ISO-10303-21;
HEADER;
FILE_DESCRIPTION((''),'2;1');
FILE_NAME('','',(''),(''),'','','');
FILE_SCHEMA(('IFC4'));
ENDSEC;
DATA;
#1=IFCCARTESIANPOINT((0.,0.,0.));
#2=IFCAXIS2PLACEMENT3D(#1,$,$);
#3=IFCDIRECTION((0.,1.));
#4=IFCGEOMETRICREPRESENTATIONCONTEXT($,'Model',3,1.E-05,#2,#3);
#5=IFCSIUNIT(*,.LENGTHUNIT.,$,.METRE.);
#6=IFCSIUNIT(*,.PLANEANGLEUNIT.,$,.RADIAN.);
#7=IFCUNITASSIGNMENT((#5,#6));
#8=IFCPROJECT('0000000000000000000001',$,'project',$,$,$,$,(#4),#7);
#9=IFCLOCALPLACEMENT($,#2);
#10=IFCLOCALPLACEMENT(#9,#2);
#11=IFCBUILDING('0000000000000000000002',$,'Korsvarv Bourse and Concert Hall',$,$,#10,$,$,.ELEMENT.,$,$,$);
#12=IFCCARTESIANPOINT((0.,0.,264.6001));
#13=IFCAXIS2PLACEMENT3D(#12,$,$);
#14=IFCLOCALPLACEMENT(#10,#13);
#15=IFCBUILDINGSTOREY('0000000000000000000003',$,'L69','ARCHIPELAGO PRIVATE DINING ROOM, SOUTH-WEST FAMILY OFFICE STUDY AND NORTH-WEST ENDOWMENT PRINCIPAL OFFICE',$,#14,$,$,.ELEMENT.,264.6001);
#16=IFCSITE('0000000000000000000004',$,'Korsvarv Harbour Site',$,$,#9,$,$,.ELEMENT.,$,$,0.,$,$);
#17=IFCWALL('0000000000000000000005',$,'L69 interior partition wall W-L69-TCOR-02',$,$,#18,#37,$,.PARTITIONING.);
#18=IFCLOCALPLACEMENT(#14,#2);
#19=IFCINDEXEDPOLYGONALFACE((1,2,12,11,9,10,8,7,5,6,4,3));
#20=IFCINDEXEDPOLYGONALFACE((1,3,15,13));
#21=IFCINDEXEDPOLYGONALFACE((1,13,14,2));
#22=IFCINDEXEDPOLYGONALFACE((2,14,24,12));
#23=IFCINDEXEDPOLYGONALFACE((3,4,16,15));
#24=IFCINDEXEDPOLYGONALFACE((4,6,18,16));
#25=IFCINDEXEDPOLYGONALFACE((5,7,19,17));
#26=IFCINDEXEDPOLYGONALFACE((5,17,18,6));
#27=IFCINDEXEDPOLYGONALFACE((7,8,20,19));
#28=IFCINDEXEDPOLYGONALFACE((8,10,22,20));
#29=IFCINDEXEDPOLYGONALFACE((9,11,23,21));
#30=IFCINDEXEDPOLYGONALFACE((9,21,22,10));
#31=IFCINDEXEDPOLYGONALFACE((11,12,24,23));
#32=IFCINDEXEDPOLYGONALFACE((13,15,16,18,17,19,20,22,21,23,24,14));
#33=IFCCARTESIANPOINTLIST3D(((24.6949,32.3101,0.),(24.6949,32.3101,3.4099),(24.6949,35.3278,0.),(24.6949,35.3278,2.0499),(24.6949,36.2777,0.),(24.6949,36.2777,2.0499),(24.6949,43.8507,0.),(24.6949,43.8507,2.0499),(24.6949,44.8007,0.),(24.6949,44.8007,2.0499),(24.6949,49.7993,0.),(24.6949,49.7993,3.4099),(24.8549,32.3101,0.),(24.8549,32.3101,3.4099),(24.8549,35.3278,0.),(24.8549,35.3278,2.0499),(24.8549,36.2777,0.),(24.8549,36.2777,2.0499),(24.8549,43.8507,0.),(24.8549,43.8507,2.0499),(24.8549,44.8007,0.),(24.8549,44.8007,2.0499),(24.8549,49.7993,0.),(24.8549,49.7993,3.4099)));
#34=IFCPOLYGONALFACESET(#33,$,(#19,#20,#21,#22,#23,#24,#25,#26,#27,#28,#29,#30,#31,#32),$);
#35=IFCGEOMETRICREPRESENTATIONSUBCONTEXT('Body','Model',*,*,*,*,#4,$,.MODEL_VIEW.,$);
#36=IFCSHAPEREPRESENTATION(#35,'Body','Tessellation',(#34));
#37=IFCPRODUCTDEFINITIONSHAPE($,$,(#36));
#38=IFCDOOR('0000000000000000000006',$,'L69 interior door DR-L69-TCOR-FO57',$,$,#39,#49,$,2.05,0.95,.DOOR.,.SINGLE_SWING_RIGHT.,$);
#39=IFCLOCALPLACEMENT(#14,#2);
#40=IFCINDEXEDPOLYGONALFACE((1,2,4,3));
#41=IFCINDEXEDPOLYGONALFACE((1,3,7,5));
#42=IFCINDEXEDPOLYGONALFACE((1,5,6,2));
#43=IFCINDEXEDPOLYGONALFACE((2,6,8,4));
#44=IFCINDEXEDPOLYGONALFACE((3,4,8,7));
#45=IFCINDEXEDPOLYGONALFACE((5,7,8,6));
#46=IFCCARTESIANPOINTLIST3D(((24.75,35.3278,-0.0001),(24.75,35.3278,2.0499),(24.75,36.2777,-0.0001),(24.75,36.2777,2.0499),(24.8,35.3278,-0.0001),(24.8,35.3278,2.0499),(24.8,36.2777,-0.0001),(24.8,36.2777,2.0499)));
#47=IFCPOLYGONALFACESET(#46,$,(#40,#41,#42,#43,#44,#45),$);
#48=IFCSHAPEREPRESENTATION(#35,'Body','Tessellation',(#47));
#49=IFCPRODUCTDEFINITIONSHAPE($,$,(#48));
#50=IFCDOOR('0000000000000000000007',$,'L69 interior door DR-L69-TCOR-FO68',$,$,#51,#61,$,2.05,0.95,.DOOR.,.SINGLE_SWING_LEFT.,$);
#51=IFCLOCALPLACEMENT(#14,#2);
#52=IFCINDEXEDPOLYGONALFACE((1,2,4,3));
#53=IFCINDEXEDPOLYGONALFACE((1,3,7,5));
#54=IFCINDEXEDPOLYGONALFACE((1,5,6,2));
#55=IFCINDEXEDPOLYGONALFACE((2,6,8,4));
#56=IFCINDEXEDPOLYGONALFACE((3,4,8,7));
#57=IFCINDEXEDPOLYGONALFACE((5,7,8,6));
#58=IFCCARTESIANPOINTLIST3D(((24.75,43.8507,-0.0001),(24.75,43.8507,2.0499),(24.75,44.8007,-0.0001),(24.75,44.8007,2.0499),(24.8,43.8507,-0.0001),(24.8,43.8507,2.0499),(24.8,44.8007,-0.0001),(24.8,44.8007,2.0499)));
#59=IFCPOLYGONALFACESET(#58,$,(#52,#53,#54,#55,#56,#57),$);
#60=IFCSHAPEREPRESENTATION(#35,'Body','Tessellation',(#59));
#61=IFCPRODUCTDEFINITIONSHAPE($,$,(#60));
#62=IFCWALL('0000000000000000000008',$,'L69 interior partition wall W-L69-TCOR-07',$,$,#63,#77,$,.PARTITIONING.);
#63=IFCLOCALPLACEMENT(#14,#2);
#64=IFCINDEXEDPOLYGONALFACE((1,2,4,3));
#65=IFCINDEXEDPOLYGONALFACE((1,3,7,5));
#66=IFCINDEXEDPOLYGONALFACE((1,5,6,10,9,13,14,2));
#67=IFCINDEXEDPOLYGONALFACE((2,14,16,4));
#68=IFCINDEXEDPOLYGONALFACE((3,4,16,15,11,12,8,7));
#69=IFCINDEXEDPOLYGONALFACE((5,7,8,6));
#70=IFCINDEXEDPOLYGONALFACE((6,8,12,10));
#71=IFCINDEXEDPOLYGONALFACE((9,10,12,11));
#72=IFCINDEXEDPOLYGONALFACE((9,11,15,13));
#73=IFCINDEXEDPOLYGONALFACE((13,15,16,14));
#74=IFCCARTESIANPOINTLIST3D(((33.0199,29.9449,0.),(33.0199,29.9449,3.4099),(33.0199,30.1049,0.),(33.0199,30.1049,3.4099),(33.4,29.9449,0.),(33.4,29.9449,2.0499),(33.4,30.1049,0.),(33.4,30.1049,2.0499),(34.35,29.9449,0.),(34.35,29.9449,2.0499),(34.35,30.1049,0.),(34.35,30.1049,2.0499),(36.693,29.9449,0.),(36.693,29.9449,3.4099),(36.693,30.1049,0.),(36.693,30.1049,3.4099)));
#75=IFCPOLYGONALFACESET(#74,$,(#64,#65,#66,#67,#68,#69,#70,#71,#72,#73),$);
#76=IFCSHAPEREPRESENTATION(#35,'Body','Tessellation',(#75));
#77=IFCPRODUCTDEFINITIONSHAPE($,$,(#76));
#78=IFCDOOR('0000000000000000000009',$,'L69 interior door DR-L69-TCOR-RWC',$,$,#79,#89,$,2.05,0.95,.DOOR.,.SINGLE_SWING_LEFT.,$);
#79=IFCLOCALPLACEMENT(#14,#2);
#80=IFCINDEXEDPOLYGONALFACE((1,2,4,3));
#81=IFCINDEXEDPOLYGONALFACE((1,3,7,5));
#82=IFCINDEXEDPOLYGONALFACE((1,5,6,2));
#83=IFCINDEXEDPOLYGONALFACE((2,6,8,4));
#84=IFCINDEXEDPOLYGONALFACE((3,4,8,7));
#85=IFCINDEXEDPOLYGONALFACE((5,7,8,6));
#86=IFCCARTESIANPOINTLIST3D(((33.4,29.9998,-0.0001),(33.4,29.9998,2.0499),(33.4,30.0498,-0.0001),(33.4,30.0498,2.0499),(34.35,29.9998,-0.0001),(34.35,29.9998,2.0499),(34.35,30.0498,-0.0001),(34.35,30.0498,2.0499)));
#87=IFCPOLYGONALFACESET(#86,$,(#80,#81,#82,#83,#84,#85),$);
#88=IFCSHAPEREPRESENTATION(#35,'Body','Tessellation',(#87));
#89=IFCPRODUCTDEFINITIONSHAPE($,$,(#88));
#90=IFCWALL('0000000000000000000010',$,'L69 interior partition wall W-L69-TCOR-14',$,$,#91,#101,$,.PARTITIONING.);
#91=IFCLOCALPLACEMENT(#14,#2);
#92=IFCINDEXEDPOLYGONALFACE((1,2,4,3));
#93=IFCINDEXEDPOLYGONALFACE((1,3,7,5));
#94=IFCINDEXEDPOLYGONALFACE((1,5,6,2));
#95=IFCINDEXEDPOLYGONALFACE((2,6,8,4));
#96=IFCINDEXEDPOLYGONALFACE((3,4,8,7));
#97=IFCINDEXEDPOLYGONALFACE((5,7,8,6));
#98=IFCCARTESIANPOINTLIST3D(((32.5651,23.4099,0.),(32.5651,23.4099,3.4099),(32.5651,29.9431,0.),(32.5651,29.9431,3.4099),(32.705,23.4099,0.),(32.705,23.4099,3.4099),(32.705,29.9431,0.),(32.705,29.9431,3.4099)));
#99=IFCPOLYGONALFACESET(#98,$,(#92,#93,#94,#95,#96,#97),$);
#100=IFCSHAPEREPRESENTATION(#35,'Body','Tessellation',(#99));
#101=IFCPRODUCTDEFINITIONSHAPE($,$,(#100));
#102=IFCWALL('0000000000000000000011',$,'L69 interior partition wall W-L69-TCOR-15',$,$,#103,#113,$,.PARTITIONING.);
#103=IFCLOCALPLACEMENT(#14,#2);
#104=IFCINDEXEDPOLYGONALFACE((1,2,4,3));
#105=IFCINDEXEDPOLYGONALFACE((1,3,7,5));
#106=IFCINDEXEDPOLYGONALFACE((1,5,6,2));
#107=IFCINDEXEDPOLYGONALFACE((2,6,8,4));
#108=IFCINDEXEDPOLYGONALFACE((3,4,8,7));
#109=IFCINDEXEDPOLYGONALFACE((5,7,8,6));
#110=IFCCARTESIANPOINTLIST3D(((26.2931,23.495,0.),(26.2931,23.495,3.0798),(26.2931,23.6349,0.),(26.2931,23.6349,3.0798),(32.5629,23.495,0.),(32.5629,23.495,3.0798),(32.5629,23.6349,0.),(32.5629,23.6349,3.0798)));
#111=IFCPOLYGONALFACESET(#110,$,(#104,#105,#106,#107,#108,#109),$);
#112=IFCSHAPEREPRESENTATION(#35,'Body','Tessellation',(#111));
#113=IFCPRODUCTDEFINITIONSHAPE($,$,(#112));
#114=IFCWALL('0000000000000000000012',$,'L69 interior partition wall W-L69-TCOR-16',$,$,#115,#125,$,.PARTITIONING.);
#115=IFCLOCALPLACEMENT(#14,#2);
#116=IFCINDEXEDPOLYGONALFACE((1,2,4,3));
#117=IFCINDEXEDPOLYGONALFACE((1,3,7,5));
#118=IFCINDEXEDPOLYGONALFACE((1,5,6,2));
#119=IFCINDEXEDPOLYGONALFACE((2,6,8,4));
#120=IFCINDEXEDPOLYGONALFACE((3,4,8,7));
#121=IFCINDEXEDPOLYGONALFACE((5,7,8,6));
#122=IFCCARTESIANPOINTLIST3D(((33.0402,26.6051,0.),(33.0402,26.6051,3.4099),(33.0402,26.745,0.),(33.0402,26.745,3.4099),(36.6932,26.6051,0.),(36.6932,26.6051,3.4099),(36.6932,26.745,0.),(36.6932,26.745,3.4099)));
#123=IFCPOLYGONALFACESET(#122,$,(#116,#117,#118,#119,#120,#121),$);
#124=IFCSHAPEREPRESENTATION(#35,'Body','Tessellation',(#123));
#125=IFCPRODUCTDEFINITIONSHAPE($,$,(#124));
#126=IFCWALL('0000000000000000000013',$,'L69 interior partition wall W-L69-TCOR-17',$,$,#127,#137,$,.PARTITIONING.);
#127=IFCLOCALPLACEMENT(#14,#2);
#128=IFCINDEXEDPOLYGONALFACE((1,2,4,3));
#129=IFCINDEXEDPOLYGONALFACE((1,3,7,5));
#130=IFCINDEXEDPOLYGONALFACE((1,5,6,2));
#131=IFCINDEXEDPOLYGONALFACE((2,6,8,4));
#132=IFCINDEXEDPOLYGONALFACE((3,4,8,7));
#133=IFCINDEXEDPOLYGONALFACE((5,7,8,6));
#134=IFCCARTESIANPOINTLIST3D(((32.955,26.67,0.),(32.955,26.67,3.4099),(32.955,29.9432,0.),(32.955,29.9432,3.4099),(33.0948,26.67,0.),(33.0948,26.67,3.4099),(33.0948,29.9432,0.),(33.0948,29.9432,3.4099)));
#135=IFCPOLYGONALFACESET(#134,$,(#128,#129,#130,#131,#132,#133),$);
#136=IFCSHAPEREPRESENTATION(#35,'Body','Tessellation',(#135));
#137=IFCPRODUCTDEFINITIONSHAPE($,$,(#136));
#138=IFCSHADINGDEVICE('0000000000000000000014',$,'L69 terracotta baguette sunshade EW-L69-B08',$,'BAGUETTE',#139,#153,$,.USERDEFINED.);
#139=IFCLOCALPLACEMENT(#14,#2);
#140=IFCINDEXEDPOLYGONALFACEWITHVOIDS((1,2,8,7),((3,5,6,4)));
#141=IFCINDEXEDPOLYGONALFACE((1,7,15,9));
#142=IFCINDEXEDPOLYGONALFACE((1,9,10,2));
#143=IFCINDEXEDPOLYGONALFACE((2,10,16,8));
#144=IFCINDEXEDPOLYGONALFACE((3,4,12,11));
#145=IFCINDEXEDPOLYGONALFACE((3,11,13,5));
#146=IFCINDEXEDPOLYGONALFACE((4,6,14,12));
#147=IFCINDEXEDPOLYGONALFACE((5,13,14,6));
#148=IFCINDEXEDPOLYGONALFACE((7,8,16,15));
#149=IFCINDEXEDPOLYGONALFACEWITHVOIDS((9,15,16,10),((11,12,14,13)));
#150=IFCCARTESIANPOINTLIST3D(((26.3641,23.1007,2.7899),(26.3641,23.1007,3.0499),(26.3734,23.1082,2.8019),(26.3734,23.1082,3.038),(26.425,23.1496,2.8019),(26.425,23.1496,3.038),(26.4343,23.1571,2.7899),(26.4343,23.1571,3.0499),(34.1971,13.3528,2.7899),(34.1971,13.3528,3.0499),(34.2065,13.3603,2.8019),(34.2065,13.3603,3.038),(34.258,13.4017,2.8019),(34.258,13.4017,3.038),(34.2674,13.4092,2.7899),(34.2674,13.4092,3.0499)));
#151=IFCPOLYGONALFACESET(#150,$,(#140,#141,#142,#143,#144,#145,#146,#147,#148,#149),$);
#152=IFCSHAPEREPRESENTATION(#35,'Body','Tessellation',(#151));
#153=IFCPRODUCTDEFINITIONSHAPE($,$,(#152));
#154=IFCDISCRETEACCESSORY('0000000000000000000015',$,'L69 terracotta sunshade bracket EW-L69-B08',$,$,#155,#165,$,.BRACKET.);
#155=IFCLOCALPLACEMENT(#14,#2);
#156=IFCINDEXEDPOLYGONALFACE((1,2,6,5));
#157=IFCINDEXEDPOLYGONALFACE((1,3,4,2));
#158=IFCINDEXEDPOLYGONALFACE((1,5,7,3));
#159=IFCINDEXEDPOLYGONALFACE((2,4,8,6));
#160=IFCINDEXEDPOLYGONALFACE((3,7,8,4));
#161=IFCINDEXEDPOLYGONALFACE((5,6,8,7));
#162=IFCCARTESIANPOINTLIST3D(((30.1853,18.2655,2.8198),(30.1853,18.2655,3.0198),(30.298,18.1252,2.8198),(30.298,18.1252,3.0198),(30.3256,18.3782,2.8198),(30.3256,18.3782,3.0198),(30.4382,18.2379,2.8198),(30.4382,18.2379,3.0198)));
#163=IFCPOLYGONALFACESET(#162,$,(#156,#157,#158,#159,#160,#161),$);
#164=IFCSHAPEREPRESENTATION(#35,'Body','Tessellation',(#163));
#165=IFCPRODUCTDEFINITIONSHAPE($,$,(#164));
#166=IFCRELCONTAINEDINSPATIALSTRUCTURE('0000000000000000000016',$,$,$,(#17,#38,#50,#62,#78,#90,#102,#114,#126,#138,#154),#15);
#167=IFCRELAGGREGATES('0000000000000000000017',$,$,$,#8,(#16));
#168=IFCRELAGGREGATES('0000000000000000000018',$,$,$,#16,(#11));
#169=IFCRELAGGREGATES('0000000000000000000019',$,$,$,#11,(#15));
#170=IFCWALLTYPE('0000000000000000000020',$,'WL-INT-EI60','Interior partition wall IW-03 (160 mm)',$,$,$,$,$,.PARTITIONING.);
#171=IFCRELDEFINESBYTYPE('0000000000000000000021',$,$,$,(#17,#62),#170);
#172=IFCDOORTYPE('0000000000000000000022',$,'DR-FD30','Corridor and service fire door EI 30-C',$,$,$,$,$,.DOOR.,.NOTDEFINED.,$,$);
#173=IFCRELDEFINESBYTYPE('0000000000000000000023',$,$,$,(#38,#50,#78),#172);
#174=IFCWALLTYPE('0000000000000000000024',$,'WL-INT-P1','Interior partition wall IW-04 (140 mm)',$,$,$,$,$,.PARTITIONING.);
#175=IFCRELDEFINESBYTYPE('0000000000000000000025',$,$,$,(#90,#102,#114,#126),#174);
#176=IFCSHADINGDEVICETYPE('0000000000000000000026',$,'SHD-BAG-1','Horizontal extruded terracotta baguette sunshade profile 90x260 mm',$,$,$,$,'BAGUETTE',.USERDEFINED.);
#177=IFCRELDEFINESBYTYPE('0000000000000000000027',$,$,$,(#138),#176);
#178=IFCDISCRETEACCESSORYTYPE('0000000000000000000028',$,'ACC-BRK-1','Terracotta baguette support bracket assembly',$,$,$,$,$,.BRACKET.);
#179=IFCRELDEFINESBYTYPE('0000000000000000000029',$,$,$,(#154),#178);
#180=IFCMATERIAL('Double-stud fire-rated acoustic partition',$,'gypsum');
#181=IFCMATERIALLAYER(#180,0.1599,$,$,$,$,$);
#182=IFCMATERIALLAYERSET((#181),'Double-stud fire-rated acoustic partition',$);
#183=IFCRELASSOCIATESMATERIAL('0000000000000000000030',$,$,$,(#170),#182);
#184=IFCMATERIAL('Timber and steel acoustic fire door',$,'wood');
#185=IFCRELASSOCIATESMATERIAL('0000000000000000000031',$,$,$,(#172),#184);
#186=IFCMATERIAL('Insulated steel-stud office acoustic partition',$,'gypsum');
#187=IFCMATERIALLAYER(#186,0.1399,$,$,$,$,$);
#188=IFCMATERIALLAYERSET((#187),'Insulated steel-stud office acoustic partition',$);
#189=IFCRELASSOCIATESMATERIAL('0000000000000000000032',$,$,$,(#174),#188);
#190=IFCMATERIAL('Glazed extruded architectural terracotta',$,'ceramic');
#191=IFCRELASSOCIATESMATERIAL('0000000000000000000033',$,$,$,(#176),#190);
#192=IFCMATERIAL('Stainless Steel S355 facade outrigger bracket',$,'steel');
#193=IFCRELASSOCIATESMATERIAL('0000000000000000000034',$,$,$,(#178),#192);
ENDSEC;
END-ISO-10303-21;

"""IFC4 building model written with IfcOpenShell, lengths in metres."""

from ifc_helpers import new_model, si_unit, direction, frame, frame_2d, origin, origin_2d, place, context, subcontext, project, spatial, rectangle, hollow_rectangle, extrude, source, transform, mapped, material, layer, layer_set, material_profile, profile_set, type_object, element, fill, save


model = new_model("IFC4")

# Units and contexts
model_context = context("Model", 3, precision=1e-05, world=origin(), true_north=direction((0.0, 1.0)))
body_context = subcontext(model_context, "Body", "Model", "MODEL_VIEW")
ifc_project = project(units=[si_unit("LENGTHUNIT", "METRE"), si_unit("PLANEANGLEUNIT", "RADIAN")], contexts=[model_context])

# Site, building, storey
site_placement = place(None, origin())
site = spatial("IfcSite", under=ifc_project, at=site_placement, Name="Korsvarv Harbour Site", CompositionType="ELEMENT", RefElevation=0.0)
building_placement = place(site_placement, origin())
building = spatial("IfcBuilding", under=site, at=building_placement, Name="Korsvarv Bourse and Concert Hall", CompositionType="ELEMENT")
storey_placement = place(building_placement, frame((0.0, 0.0, 264.6001)))
storey = spatial("IfcBuildingStorey", under=building, at=storey_placement, Name="L69", Description="ARCHIPELAGO PRIVATE DINING ROOM, SOUTH-WEST FAMILY OFFICE STUDY AND NORTH-WEST ENDOWMENT PRINCIPAL OFFICE", CompositionType="ELEMENT", Elevation=264.6001)

# Shared definitions
ifc_material_1 = material(Name="Double-stud fire-rated acoustic partition", Category="gypsum")
ifc_layer_1 = layer(ifc_material_1, 0.1599)
ifc_layer_set_1 = layer_set([ifc_layer_1], Name="Double-stud fire-rated acoustic partition")
wall_type_1 = type_object("IfcWallType", Name="WL-INT-EI60", Description="Interior partition wall IW-03 (160 mm)", PredefinedType="PARTITIONING", material=ifc_layer_set_1)

# Wall, openings, doors
wall_1_placement = place(storey_placement, frame((24.7749, 32.3101, 0.0), z_axis=(0.0, 0.0, 1.0), x_axis=(0.0, 1.0, 0.0)))
wall_1 = element("IfcWall", 1, at=wall_1_placement, inside=storey, type_object=wall_type_1, Name="L69 interior partition wall W-L69-TCOR-02", PredefinedType="PARTITIONING", context=body_context, shape_type="SweptSolid", body=[
    extrude(rectangle(XDim=17.4893, YDim=0.1599, at=frame_2d((8.7446, 0.0))), origin(), (0.0, 0.0, 1.0), 3.4099),
])
opening_1_placement = place(wall_1_placement, frame((3.0176, 0.0, 0.0)))
opening_1 = element("IfcOpeningElement", 2, at=opening_1_placement, cuts=wall_1, PredefinedType="OPENING", context=body_context, shape_type="SweptSolid", body=[
    extrude(rectangle(XDim=0.95, YDim=2.05, at=frame_2d((0.4751, 1.0249))), frame((0.0, 0.0898, 0.0), z_axis=(0.0, -1.0, 0.0), x_axis=(1.0, 0.0, 0.0)), (0.0, 0.0, 1.0), 0.1799),
])
opening_2_placement = place(wall_1_placement, frame((11.5405, 0.0, 0.0)))
opening_2 = element("IfcOpeningElement", 3, at=opening_2_placement, cuts=wall_1, PredefinedType="OPENING", context=body_context, shape_type="SweptSolid", body=[
    extrude(rectangle(XDim=0.95, YDim=2.05, at=frame_2d((0.4751, 1.0249))), frame((0.0, 0.0898, 0.0), z_axis=(0.0, -1.0, 0.0), x_axis=(1.0, 0.0, 0.0)), (0.0, 0.0, 1.0), 0.1799),
])
ifc_material_2 = material(Name="Timber and steel acoustic fire door", Category="wood")
door_type = type_object("IfcDoorType", Name="DR-FD30", Description="Corridor and service fire door EI 30-C", OperationType="NOTDEFINED", PredefinedType="DOOR", material=ifc_material_2)
door_1_placement = place(opening_1_placement, origin())
door_1 = element("IfcDoor", 4, at=door_1_placement, inside=storey, type_object=door_type, Name="L69 interior door DR-L69-TCOR-FO57", OperationType="SINGLE_SWING_RIGHT", OverallHeight=2.05, OverallWidth=0.95, PredefinedType="DOOR", context=body_context, shape_type="SweptSolid", body=[
    extrude(rectangle(XDim=0.95, YDim=2.05, at=frame_2d((0.4751, 1.0249))), frame((0.0, 0.0249, 0.0), z_axis=(0.0, -1.0, 0.0), x_axis=(1.0, 0.0, 0.0)), (0.0, 0.0, 1.0), 0.05),
])
fill(opening_1, door_1)
door_2_placement = place(opening_2_placement, origin())
door_2 = element("IfcDoor", 5, at=door_2_placement, inside=storey, type_object=door_type, Name="L69 interior door DR-L69-TCOR-FO68", OperationType="SINGLE_SWING_LEFT", OverallHeight=2.05, OverallWidth=0.95, PredefinedType="DOOR", context=body_context, shape_type="SweptSolid", body=[
    extrude(rectangle(XDim=0.95, YDim=2.05, at=frame_2d((0.4751, 1.0249))), frame((0.0, 0.0249, 0.0), z_axis=(0.0, -1.0, 0.0), x_axis=(1.0, 0.0, 0.0)), (0.0, 0.0, 1.0), 0.05),
])
fill(opening_2, door_2)

# Wall, opening, door
wall_2_placement = place(storey_placement, frame((33.02, 30.0249, 0.0), z_axis=(0.0, 0.0, 1.0), x_axis=(1.0, 0.0, 0.0)))
wall_2 = element("IfcWall", 6, at=wall_2_placement, inside=storey, type_object=wall_type_1, Name="L69 interior partition wall W-L69-TCOR-07", PredefinedType="PARTITIONING", context=body_context, shape_type="SweptSolid", body=[
    extrude(rectangle(XDim=3.6731, YDim=0.1599, at=frame_2d((1.8364, 0.0))), origin(), (0.0, 0.0, 1.0), 3.4099),
])
opening_3_placement = place(wall_2_placement, frame((0.3799, 0.0, 0.0)))
opening_3 = element("IfcOpeningElement", 7, at=opening_3_placement, cuts=wall_2, PredefinedType="OPENING", context=body_context, shape_type="SweptSolid", body=[
    extrude(rectangle(XDim=0.95, YDim=2.05, at=frame_2d((0.4751, 1.0249))), frame((0.0, 0.0898, 0.0), z_axis=(0.0, -1.0, 0.0), x_axis=(1.0, 0.0, 0.0)), (0.0, 0.0, 1.0), 0.1799),
])
door_3_placement = place(opening_3_placement, origin())
door_3 = element("IfcDoor", 8, at=door_3_placement, inside=storey, type_object=door_type, Name="L69 interior door DR-L69-TCOR-RWC", OperationType="SINGLE_SWING_LEFT", OverallHeight=2.05, OverallWidth=0.95, PredefinedType="DOOR", context=body_context, shape_type="SweptSolid", body=[
    extrude(rectangle(XDim=0.95, YDim=2.05, at=frame_2d((0.4751, 1.0249))), frame((0.0, 0.0249, 0.0), z_axis=(0.0, -1.0, 0.0), x_axis=(1.0, 0.0, 0.0)), (0.0, 0.0, 1.0), 0.05),
])
fill(opening_3, door_3)

# Walls
ifc_material_3 = material(Name="Insulated steel-stud office acoustic partition", Category="gypsum")
ifc_layer_2 = layer(ifc_material_3, 0.1399)
ifc_layer_set_2 = layer_set([ifc_layer_2], Name="Insulated steel-stud office acoustic partition")
wall_type_2 = type_object("IfcWallType", Name="WL-INT-P1", Description="Interior partition wall IW-04 (140 mm)", PredefinedType="PARTITIONING", material=ifc_layer_set_2)
wall_3_placement = place(storey_placement, frame((32.635, 23.4099, 0.0), z_axis=(0.0, 0.0, 1.0), x_axis=(0.0, 1.0, 0.0)))
element("IfcWall", 9, at=wall_3_placement, inside=storey, type_object=wall_type_2, Name="L69 interior partition wall W-L69-TCOR-14", PredefinedType="PARTITIONING", context=body_context, shape_type="SweptSolid", body=[
    extrude(rectangle(XDim=6.5332, YDim=0.1399, at=frame_2d((3.2666, 0.0))), origin(), (0.0, 0.0, 1.0), 3.4099),
])
wall_4_placement = place(storey_placement, frame((26.2932, 23.5649, 0.0), z_axis=(0.0, 0.0, 1.0), x_axis=(1.0, 0.0, 0.0)))
element("IfcWall", 10, at=wall_4_placement, inside=storey, type_object=wall_type_2, Name="L69 interior partition wall W-L69-TCOR-15", PredefinedType="PARTITIONING", context=body_context, shape_type="SweptSolid", body=[
    extrude(rectangle(XDim=6.2698, YDim=0.1399, at=frame_2d((3.1348, 0.0))), origin(), (0.0, 0.0, 1.0), 3.0798),
])
wall_5_placement = place(storey_placement, frame((33.04, 26.675, 0.0), z_axis=(0.0, 0.0, 1.0), x_axis=(1.0, 0.0, 0.0)))
element("IfcWall", 11, at=wall_5_placement, inside=storey, type_object=wall_type_2, Name="L69 interior partition wall W-L69-TCOR-16", PredefinedType="PARTITIONING", context=body_context, shape_type="SweptSolid", body=[
    extrude(rectangle(XDim=3.6531, YDim=0.1399, at=frame_2d((1.8267, 0.0))), origin(), (0.0, 0.0, 1.0), 3.4099),
])
wall_6_placement = place(storey_placement, frame((33.0249, 26.6699, 0.0), z_axis=(0.0, 0.0, 1.0), x_axis=(0.0, 1.0, 0.0)))
element("IfcWall", 12, at=wall_6_placement, inside=storey, type_object=wall_type_2, Name="L69 interior partition wall W-L69-TCOR-17", PredefinedType="PARTITIONING", context=body_context, shape_type="SweptSolid", body=[
    extrude(rectangle(XDim=3.2732, YDim=0.1399, at=frame_2d((1.6367, 0.0))), origin(), (0.0, 0.0, 1.0), 3.4099),
])

# Shading device
ifc_material_4 = material(Name="Glazed extruded architectural terracotta", Category="ceramic")
ifc_material_profile_1 = material_profile(ifc_material_4, hollow_rectangle(XDim=0.0901, YDim=0.26, WallThickness=0.012, at=origin_2d()), Name="TC-BAG 90x260")
ifc_profile_set_1 = profile_set([ifc_material_profile_1], Name="Glazed extruded architectural terracotta")
shading_device_type = type_object("IfcShadingDeviceType", Name="SHD-BAG-1", Description="Horizontal extruded terracotta baguette sunshade profile 90x260 mm", ElementType="BAGUETTE", PredefinedType="USERDEFINED", material=ifc_profile_set_1)
shared_shape_1 = source(origin(), body_context, "Body", "SweptSolid", [
    extrude(hollow_rectangle(XDim=0.0901, YDim=0.26, WallThickness=0.012, at=origin_2d()), origin(), (0.0, 0.0, 1.0), 12.5051),
])
shading_device_placement = place(storey_placement, frame((26.3992, 23.1289, 2.9199), z_axis=(0.626389, -0.779511, 0.0), x_axis=(0.779511, 0.626389, 0.0)))
element("IfcShadingDevice", 13, at=shading_device_placement, inside=storey, type_object=shading_device_type, Name="L69 terracotta baguette sunshade EW-L69-B08", ObjectType="BAGUETTE", PredefinedType="USERDEFINED", context=body_context, shape_type="MappedRepresentation", body=[
    mapped(shared_shape_1, transform((0.0, 0.0, 0.0), scale=1.0)),
])

# Discrete accessory
ifc_material_5 = material(Name="Stainless Steel S355 facade outrigger bracket", Category="steel")
discrete_accessory_type = type_object("IfcDiscreteAccessoryType", Name="ACC-BRK-1", Description="Terracotta baguette support bracket assembly", PredefinedType="BRACKET", material=ifc_material_5)
shared_shape_2 = source(origin(), body_context, "Body", "SweptSolid", [
    extrude(rectangle(XDim=0.1799, YDim=0.1799, at=origin_2d()), origin(), (0.0, 0.0, 1.0), 0.2),
])
discrete_accessory_placement = place(storey_placement, frame((30.3118, 18.2517, 2.8198), z_axis=(0.0, 0.0, 1.0), x_axis=(0.626332, -0.779557, 0.0)))
element("IfcDiscreteAccessory", 14, at=discrete_accessory_placement, inside=storey, type_object=discrete_accessory_type, Name="L69 terracotta sunshade bracket EW-L69-B08", PredefinedType="BRACKET", context=body_context, shape_type="MappedRepresentation", body=[
    mapped(shared_shape_2, transform((0.0, 0.0, 0.0), scale=1.0)),
])

save(model, "model.ifc")
